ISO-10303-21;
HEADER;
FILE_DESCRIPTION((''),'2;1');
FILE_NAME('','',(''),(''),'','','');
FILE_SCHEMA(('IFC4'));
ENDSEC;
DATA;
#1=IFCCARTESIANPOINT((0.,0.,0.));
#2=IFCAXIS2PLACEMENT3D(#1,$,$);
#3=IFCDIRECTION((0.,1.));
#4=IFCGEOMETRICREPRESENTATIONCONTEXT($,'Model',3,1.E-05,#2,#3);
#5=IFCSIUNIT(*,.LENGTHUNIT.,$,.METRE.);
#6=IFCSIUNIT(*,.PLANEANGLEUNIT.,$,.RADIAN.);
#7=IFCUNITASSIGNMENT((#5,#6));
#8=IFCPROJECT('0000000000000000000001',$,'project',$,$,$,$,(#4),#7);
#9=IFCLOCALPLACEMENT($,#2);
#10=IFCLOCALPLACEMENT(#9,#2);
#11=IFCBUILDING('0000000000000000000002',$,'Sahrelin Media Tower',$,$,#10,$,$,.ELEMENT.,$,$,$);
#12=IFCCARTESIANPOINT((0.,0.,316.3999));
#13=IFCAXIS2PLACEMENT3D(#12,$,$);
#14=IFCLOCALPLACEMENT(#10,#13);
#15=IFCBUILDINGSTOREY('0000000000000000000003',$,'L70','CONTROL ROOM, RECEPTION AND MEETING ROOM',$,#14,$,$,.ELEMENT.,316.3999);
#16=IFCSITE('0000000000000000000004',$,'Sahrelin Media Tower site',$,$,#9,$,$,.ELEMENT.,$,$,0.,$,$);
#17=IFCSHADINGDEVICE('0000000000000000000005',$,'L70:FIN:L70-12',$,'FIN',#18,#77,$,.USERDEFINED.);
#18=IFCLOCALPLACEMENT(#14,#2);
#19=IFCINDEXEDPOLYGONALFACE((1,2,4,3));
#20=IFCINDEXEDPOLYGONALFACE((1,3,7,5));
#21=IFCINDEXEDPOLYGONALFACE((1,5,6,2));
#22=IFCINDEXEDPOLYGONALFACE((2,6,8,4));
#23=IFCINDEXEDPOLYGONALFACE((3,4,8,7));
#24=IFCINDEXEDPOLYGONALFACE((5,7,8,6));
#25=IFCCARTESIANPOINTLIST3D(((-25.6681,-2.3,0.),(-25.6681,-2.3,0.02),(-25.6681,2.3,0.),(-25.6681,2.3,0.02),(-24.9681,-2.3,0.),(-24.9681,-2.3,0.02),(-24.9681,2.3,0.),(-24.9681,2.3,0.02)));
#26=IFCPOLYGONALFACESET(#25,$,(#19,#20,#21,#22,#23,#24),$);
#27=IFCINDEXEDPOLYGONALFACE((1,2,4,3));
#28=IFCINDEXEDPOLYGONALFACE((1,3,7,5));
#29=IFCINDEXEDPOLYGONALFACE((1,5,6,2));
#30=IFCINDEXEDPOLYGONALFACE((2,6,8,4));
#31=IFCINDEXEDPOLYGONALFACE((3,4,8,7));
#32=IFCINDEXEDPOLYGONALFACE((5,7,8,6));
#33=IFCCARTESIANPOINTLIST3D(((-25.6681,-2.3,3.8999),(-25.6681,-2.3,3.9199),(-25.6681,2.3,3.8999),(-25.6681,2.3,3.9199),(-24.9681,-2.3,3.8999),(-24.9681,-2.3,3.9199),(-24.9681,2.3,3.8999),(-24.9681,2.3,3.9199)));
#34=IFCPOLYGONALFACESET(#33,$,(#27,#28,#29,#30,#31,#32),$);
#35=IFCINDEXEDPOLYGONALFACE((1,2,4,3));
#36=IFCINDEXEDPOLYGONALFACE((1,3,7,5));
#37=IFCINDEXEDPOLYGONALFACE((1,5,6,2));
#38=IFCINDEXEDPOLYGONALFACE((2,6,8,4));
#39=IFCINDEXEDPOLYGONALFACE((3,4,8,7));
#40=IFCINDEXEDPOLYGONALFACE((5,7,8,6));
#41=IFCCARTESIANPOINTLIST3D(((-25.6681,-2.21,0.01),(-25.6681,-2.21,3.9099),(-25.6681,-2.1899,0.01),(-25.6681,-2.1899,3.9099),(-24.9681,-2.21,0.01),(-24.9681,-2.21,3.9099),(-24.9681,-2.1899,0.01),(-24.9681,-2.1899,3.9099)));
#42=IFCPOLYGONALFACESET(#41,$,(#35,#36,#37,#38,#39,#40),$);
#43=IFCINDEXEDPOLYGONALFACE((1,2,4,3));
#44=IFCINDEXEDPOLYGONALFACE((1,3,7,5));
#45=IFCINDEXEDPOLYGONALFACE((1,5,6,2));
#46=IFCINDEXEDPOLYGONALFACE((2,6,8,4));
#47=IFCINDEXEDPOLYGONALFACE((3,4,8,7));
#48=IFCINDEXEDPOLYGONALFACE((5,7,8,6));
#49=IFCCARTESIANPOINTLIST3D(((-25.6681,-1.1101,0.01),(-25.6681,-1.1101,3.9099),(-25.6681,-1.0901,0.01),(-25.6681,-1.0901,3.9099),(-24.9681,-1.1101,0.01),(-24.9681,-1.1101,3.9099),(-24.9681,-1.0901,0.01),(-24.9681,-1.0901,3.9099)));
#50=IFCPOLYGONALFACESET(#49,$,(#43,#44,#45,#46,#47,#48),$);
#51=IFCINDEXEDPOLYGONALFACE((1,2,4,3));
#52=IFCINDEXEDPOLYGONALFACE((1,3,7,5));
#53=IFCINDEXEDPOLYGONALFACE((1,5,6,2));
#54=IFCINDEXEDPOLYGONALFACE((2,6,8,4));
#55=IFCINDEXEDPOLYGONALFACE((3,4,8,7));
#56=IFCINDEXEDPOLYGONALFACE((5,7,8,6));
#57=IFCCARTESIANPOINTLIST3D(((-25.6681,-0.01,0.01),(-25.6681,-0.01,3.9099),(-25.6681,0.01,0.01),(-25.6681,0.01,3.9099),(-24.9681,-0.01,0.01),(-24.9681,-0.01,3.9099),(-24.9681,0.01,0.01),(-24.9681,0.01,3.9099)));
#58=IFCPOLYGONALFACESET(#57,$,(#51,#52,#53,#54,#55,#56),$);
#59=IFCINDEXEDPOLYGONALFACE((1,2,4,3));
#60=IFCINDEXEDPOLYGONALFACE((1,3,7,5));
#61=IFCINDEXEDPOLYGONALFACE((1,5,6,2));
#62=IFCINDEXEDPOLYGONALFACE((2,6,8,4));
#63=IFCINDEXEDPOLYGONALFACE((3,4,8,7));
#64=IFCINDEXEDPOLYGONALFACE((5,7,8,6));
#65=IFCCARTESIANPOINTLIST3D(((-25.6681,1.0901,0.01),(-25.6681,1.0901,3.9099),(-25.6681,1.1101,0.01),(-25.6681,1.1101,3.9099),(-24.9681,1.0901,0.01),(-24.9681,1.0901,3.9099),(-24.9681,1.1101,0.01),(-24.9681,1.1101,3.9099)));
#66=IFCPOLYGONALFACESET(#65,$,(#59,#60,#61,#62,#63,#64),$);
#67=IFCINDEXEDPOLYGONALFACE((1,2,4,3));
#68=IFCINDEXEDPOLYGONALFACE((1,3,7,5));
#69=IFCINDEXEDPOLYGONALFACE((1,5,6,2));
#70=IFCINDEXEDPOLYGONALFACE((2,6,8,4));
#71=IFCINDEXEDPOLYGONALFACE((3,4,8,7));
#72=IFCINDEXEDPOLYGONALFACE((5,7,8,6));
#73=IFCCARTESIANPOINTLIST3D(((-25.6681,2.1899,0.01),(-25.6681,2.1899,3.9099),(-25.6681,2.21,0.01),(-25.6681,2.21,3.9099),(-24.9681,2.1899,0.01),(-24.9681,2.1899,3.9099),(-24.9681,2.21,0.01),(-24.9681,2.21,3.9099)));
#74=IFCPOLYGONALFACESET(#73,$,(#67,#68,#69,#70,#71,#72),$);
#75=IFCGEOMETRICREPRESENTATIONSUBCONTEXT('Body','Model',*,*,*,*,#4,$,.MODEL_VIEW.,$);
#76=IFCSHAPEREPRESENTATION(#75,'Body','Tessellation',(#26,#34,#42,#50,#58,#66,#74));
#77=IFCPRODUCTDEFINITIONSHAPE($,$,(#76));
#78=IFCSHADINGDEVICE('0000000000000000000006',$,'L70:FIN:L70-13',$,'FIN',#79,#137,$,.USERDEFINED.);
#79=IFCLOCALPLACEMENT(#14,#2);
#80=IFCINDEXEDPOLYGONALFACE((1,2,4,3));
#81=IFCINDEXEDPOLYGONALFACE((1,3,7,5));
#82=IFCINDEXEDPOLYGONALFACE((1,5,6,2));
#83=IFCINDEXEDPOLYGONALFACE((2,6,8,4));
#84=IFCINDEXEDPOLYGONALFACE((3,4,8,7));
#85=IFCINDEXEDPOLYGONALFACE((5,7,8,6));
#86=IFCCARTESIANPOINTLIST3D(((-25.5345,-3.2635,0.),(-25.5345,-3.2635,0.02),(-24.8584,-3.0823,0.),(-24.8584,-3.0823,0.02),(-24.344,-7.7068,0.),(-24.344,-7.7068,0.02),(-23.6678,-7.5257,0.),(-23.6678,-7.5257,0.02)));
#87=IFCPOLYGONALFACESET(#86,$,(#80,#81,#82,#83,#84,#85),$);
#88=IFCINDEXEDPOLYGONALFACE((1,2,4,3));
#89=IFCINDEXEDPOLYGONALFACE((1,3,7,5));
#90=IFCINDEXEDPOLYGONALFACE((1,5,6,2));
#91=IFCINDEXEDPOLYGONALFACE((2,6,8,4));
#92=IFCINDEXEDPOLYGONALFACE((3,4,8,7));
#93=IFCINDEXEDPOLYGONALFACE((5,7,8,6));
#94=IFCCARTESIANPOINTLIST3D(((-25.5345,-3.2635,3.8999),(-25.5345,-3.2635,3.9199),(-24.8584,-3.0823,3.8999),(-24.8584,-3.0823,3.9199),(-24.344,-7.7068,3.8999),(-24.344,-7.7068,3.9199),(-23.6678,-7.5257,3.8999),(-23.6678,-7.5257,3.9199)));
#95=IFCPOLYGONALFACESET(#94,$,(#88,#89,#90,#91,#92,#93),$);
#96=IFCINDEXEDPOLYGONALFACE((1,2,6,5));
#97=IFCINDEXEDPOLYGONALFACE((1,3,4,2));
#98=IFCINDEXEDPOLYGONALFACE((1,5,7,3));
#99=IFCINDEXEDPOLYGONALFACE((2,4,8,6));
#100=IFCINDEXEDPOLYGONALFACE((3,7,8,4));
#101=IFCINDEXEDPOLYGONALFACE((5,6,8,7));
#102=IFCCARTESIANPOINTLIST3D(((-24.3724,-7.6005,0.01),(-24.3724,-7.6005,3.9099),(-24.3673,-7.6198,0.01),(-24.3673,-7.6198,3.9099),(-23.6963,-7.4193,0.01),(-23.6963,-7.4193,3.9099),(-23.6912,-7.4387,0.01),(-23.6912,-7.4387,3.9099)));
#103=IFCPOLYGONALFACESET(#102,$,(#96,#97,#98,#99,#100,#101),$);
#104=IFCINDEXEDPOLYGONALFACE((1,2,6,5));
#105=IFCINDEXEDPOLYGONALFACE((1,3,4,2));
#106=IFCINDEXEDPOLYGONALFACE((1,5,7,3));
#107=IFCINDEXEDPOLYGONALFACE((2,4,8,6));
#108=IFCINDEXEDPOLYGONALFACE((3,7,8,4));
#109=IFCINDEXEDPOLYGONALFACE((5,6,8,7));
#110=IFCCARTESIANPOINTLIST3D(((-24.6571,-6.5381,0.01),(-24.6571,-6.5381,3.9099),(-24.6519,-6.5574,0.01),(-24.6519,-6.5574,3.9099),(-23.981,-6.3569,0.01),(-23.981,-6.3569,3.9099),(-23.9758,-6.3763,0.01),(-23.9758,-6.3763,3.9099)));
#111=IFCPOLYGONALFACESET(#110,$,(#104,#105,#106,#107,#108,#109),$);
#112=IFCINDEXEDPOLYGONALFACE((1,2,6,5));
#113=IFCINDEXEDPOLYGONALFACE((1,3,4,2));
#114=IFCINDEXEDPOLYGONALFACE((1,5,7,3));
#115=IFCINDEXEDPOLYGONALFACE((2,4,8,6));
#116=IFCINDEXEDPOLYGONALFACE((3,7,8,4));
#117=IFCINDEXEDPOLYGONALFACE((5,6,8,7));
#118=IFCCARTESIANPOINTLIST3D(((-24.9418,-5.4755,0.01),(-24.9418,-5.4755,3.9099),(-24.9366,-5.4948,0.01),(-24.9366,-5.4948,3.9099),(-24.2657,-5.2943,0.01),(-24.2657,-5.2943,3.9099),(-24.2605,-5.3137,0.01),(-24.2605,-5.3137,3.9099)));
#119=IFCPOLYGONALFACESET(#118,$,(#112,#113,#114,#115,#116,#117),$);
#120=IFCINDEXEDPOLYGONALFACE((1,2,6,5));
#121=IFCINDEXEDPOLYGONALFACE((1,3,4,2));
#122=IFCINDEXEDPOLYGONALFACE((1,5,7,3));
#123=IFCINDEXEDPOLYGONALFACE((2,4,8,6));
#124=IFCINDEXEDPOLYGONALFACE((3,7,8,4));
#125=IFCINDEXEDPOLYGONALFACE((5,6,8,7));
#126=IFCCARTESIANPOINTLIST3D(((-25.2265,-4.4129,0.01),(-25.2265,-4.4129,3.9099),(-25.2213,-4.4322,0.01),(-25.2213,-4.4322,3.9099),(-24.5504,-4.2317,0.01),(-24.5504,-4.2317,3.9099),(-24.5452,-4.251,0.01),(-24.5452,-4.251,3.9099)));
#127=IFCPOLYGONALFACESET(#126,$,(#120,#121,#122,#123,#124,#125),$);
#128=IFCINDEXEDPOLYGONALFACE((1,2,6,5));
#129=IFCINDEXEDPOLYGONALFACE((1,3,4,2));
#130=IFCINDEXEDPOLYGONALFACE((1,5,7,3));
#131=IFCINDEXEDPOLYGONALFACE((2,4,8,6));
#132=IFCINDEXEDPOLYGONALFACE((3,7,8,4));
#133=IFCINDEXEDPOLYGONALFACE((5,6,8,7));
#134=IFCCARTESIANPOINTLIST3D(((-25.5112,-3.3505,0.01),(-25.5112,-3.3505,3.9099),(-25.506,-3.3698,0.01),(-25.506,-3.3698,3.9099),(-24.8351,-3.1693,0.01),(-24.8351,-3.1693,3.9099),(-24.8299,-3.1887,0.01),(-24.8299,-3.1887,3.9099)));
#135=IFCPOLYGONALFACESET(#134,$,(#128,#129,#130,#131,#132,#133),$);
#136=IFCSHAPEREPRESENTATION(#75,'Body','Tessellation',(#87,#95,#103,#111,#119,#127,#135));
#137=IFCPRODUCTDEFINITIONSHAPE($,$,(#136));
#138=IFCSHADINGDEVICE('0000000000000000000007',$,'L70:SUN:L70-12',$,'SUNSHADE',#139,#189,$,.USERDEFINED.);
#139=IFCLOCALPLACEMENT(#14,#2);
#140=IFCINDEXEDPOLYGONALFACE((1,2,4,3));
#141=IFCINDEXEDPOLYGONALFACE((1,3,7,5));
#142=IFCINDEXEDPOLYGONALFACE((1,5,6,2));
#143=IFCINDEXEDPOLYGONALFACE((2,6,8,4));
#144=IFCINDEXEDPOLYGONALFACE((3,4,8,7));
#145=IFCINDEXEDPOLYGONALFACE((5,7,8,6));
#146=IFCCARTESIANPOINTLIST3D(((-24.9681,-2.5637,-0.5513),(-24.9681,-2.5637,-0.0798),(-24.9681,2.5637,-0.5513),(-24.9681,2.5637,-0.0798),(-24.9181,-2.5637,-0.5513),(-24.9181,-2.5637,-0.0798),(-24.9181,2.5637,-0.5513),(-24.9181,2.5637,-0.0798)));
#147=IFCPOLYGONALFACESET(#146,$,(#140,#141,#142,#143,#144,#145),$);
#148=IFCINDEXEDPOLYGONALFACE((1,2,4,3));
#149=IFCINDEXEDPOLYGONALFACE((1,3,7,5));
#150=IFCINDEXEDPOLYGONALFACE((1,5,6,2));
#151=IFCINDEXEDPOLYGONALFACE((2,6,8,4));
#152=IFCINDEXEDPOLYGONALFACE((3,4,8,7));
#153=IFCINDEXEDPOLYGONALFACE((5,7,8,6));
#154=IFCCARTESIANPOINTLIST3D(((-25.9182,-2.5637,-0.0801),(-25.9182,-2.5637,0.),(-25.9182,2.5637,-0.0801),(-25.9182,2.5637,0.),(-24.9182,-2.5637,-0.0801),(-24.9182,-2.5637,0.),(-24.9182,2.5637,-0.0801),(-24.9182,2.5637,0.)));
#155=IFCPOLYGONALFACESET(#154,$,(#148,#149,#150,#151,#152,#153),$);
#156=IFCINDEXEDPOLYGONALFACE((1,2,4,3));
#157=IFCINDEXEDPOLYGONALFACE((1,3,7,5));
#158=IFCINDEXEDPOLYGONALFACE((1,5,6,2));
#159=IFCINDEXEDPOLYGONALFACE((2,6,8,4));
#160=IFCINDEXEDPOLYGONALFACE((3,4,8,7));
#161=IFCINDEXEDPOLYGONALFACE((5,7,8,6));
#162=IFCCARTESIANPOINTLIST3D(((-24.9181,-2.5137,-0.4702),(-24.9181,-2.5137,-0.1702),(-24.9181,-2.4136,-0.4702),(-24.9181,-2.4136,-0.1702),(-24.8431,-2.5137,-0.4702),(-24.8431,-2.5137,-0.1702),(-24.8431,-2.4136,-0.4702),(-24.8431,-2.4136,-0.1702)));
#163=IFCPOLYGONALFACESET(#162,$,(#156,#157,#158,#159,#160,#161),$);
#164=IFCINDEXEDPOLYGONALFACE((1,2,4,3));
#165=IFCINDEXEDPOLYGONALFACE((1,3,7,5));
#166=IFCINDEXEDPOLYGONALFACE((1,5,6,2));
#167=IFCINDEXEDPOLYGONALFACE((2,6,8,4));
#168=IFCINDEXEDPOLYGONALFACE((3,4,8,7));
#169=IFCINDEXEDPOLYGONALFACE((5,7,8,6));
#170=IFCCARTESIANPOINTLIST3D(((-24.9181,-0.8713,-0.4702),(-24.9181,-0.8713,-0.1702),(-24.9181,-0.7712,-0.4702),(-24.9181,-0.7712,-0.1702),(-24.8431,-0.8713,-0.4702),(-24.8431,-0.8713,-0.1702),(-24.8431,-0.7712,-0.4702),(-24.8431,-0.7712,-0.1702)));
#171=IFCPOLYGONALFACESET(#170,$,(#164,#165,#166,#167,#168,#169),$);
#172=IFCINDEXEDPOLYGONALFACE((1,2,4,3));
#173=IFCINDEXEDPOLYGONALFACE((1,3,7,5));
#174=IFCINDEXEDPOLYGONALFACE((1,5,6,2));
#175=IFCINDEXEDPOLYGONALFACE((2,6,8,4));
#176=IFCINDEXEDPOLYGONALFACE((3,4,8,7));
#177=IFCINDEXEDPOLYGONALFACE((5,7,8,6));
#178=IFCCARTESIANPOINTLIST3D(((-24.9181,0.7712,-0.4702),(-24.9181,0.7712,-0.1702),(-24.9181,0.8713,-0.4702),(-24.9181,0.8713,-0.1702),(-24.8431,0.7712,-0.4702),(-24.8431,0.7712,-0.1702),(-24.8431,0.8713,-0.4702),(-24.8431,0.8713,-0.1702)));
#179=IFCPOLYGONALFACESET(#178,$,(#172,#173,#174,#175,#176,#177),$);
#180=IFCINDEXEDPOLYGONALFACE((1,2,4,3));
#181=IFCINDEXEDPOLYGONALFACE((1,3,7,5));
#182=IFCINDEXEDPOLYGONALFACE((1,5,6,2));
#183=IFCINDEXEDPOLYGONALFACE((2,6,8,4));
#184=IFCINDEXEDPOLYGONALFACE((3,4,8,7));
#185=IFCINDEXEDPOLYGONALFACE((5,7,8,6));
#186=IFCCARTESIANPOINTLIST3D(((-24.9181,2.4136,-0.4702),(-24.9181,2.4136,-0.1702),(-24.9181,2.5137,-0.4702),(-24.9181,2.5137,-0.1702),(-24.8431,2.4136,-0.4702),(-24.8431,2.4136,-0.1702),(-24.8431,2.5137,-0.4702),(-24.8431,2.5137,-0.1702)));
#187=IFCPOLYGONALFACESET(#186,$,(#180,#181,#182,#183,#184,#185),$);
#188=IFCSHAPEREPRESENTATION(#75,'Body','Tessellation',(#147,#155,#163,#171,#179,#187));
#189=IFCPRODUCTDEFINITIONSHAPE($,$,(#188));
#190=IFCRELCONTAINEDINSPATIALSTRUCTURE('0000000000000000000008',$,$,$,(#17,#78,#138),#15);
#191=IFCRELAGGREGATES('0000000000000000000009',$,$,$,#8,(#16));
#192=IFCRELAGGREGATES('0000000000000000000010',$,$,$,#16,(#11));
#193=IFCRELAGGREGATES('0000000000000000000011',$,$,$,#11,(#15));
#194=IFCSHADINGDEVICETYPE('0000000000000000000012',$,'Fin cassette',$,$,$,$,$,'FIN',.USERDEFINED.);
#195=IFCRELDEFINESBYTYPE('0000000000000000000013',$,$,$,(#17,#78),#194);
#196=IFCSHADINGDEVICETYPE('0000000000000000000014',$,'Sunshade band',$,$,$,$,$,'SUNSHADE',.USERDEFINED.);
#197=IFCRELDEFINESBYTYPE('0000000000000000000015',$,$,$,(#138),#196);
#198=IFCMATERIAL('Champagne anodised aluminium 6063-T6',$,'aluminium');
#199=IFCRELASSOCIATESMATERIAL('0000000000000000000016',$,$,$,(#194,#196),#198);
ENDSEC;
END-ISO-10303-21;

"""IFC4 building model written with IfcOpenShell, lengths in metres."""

from ifc_helpers import new_model, si_unit, direction, frame, origin, origin_2d, place, context, subcontext, project, spatial, rectangle, extrude, material, type_object, element, save


model = new_model("IFC4")

# Units and contexts
model_context = context("Model", 3, precision=1e-05, world=origin(), true_north=direction((0.0, 1.0)))
body_context = subcontext(model_context, "Body", "Model", "MODEL_VIEW")
ifc_project = project(units=[si_unit("LENGTHUNIT", "METRE"), si_unit("PLANEANGLEUNIT", "RADIAN")], contexts=[model_context])

# Site, building, storey
site_placement = place(None, origin())
site = spatial("IfcSite", under=ifc_project, at=site_placement, Name="Sahrelin Media Tower site", CompositionType="ELEMENT", RefElevation=0.0)
building_placement = place(site_placement, origin())
building = spatial("IfcBuilding", under=site, at=building_placement, Name="Sahrelin Media Tower", CompositionType="ELEMENT")
storey_placement = place(building_placement, frame((0.0, 0.0, 316.3999)))
storey = spatial("IfcBuildingStorey", under=building, at=storey_placement, Name="L70", Description="CONTROL ROOM, RECEPTION AND MEETING ROOM", CompositionType="ELEMENT", Elevation=316.3999)

# Shared definitions
ifc_material_1 = material(Name="Champagne anodised aluminium 6063-T6", Category="aluminium")

# Shading devices
shading_device_type_1 = type_object("IfcShadingDeviceType", Name="Fin cassette", ElementType="FIN", PredefinedType="USERDEFINED", material=ifc_material_1)
placement_1 = place(storey_placement, frame((-24.8982, 0.0, 0.0), z_axis=(0.0, 0.0, 1.0), x_axis=(0.0, 1.0, 0.0)))
element("IfcShadingDevice", 1, at=placement_1, inside=storey, type_object=shading_device_type_1, Name="L70:FIN:L70-12", ObjectType="FIN", PredefinedType="USERDEFINED", context=body_context, shape_type="SweptSolid", body=[
    extrude(rectangle(XDim=4.6001, YDim=0.7, at=origin_2d()), frame((0.0, 0.4199, 0.0)), (0.0, 0.0, 1.0), 0.02),
    extrude(rectangle(XDim=4.6001, YDim=0.7, at=origin_2d()), frame((0.0, 0.4199, 3.8999)), (0.0, 0.0, 1.0), 0.02),
    extrude(rectangle(XDim=0.02, YDim=0.7, at=origin_2d()), frame((-2.2, 0.4199, 0.01), z_axis=(0.0, 0.0, 1.0), x_axis=(1.0, 0.0, 0.0)), (0.0, 0.0, 1.0), 3.8999),
    extrude(rectangle(XDim=0.02, YDim=0.7, at=origin_2d()), frame((-1.1001, 0.4199, 0.01), z_axis=(0.0, 0.0, 1.0), x_axis=(1.0, 0.0, 0.0)), (0.0, 0.0, 1.0), 3.8999),
    extrude(rectangle(XDim=0.02, YDim=0.7, at=origin_2d()), frame((0.0, 0.4199, 0.01), z_axis=(0.0, 0.0, 1.0), x_axis=(1.0, 0.0, 0.0)), (0.0, 0.0, 1.0), 3.8999),
    extrude(rectangle(XDim=0.02, YDim=0.7, at=origin_2d()), frame((1.1001, 0.4199, 0.01), z_axis=(0.0, 0.0, 1.0), x_axis=(1.0, 0.0, 0.0)), (0.0, 0.0, 1.0), 3.8999),
    extrude(rectangle(XDim=0.02, YDim=0.7, at=origin_2d()), frame((2.2, 0.4199, 0.01), z_axis=(0.0, 0.0, 1.0), x_axis=(1.0, 0.0, 0.0)), (0.0, 0.0, 1.0), 3.8999),
])
placement_2 = place(storey_placement, frame((-24.1956, -5.2859, 0.0), z_axis=(0.0, 0.0, 1.0), x_axis=(-0.258808, 0.965929, 0.0)))
element("IfcShadingDevice", 2, at=placement_2, inside=storey, type_object=shading_device_type_1, Name="L70:FIN:L70-13", ObjectType="FIN", PredefinedType="USERDEFINED", context=body_context, shape_type="SweptSolid", body=[
    extrude(rectangle(XDim=4.6001, YDim=0.7, at=origin_2d()), frame((0.0, 0.4199, 0.0)), (0.0, 0.0, 1.0), 0.02),
    extrude(rectangle(XDim=4.6001, YDim=0.7, at=origin_2d()), frame((0.0, 0.4199, 3.8999)), (0.0, 0.0, 1.0), 0.02),
    extrude(rectangle(XDim=0.02, YDim=0.7, at=origin_2d()), frame((-2.2, 0.4199, 0.01), z_axis=(0.0, 0.0, 1.0), x_axis=(1.0, 0.0, 0.0)), (0.0, 0.0, 1.0), 3.8999),
    extrude(rectangle(XDim=0.02, YDim=0.7, at=origin_2d()), frame((-1.1001, 0.4199, 0.01), z_axis=(0.0, 0.0, 1.0), x_axis=(1.0, 0.0, 0.0)), (0.0, 0.0, 1.0), 3.8999),
    extrude(rectangle(XDim=0.02, YDim=0.7, at=origin_2d()), frame((0.0, 0.4199, 0.01), z_axis=(0.0, 0.0, 1.0), x_axis=(1.0, 0.0, 0.0)), (0.0, 0.0, 1.0), 3.8999),
    extrude(rectangle(XDim=0.02, YDim=0.7, at=origin_2d()), frame((1.1001, 0.4199, 0.01), z_axis=(0.0, 0.0, 1.0), x_axis=(1.0, 0.0, 0.0)), (0.0, 0.0, 1.0), 3.8999),
    extrude(rectangle(XDim=0.02, YDim=0.7, at=origin_2d()), frame((2.2, 0.4199, 0.01), z_axis=(0.0, 0.0, 1.0), x_axis=(1.0, 0.0, 0.0)), (0.0, 0.0, 1.0), 3.8999),
])
shading_device_type_2 = type_object("IfcShadingDeviceType", Name="Sunshade band", ElementType="SUNSHADE", PredefinedType="USERDEFINED", material=ifc_material_1)
element("IfcShadingDevice", 3, at=placement_1, inside=storey, type_object=shading_device_type_2, Name="L70:SUN:L70-12", ObjectType="SUNSHADE", PredefinedType="USERDEFINED", context=body_context, shape_type="SweptSolid", body=[
    extrude(rectangle(XDim=5.1274, YDim=0.05, at=origin_2d()), frame((0.0, 0.0449, -0.5513)), (0.0, 0.0, 1.0), 0.4714),
    extrude(rectangle(XDim=5.1274, YDim=1.0, at=origin_2d()), frame((0.0, 0.52, -0.0801)), (0.0, 0.0, 1.0), 0.0801),
    extrude(rectangle(XDim=0.1001, YDim=0.075, at=origin_2d()), frame((-2.4636, -0.0176, -0.4702)), (0.0, 0.0, 1.0), 0.3),
    extrude(rectangle(XDim=0.1001, YDim=0.075, at=origin_2d()), frame((-0.8213, -0.0176, -0.4702)), (0.0, 0.0, 1.0), 0.3),
    extrude(rectangle(XDim=0.1001, YDim=0.075, at=origin_2d()), frame((0.8213, -0.0176, -0.4702)), (0.0, 0.0, 1.0), 0.3),
    extrude(rectangle(XDim=0.1001, YDim=0.075, at=origin_2d()), frame((2.4636, -0.0176, -0.4702)), (0.0, 0.0, 1.0), 0.3),
])

save(model, "model.ifc")
